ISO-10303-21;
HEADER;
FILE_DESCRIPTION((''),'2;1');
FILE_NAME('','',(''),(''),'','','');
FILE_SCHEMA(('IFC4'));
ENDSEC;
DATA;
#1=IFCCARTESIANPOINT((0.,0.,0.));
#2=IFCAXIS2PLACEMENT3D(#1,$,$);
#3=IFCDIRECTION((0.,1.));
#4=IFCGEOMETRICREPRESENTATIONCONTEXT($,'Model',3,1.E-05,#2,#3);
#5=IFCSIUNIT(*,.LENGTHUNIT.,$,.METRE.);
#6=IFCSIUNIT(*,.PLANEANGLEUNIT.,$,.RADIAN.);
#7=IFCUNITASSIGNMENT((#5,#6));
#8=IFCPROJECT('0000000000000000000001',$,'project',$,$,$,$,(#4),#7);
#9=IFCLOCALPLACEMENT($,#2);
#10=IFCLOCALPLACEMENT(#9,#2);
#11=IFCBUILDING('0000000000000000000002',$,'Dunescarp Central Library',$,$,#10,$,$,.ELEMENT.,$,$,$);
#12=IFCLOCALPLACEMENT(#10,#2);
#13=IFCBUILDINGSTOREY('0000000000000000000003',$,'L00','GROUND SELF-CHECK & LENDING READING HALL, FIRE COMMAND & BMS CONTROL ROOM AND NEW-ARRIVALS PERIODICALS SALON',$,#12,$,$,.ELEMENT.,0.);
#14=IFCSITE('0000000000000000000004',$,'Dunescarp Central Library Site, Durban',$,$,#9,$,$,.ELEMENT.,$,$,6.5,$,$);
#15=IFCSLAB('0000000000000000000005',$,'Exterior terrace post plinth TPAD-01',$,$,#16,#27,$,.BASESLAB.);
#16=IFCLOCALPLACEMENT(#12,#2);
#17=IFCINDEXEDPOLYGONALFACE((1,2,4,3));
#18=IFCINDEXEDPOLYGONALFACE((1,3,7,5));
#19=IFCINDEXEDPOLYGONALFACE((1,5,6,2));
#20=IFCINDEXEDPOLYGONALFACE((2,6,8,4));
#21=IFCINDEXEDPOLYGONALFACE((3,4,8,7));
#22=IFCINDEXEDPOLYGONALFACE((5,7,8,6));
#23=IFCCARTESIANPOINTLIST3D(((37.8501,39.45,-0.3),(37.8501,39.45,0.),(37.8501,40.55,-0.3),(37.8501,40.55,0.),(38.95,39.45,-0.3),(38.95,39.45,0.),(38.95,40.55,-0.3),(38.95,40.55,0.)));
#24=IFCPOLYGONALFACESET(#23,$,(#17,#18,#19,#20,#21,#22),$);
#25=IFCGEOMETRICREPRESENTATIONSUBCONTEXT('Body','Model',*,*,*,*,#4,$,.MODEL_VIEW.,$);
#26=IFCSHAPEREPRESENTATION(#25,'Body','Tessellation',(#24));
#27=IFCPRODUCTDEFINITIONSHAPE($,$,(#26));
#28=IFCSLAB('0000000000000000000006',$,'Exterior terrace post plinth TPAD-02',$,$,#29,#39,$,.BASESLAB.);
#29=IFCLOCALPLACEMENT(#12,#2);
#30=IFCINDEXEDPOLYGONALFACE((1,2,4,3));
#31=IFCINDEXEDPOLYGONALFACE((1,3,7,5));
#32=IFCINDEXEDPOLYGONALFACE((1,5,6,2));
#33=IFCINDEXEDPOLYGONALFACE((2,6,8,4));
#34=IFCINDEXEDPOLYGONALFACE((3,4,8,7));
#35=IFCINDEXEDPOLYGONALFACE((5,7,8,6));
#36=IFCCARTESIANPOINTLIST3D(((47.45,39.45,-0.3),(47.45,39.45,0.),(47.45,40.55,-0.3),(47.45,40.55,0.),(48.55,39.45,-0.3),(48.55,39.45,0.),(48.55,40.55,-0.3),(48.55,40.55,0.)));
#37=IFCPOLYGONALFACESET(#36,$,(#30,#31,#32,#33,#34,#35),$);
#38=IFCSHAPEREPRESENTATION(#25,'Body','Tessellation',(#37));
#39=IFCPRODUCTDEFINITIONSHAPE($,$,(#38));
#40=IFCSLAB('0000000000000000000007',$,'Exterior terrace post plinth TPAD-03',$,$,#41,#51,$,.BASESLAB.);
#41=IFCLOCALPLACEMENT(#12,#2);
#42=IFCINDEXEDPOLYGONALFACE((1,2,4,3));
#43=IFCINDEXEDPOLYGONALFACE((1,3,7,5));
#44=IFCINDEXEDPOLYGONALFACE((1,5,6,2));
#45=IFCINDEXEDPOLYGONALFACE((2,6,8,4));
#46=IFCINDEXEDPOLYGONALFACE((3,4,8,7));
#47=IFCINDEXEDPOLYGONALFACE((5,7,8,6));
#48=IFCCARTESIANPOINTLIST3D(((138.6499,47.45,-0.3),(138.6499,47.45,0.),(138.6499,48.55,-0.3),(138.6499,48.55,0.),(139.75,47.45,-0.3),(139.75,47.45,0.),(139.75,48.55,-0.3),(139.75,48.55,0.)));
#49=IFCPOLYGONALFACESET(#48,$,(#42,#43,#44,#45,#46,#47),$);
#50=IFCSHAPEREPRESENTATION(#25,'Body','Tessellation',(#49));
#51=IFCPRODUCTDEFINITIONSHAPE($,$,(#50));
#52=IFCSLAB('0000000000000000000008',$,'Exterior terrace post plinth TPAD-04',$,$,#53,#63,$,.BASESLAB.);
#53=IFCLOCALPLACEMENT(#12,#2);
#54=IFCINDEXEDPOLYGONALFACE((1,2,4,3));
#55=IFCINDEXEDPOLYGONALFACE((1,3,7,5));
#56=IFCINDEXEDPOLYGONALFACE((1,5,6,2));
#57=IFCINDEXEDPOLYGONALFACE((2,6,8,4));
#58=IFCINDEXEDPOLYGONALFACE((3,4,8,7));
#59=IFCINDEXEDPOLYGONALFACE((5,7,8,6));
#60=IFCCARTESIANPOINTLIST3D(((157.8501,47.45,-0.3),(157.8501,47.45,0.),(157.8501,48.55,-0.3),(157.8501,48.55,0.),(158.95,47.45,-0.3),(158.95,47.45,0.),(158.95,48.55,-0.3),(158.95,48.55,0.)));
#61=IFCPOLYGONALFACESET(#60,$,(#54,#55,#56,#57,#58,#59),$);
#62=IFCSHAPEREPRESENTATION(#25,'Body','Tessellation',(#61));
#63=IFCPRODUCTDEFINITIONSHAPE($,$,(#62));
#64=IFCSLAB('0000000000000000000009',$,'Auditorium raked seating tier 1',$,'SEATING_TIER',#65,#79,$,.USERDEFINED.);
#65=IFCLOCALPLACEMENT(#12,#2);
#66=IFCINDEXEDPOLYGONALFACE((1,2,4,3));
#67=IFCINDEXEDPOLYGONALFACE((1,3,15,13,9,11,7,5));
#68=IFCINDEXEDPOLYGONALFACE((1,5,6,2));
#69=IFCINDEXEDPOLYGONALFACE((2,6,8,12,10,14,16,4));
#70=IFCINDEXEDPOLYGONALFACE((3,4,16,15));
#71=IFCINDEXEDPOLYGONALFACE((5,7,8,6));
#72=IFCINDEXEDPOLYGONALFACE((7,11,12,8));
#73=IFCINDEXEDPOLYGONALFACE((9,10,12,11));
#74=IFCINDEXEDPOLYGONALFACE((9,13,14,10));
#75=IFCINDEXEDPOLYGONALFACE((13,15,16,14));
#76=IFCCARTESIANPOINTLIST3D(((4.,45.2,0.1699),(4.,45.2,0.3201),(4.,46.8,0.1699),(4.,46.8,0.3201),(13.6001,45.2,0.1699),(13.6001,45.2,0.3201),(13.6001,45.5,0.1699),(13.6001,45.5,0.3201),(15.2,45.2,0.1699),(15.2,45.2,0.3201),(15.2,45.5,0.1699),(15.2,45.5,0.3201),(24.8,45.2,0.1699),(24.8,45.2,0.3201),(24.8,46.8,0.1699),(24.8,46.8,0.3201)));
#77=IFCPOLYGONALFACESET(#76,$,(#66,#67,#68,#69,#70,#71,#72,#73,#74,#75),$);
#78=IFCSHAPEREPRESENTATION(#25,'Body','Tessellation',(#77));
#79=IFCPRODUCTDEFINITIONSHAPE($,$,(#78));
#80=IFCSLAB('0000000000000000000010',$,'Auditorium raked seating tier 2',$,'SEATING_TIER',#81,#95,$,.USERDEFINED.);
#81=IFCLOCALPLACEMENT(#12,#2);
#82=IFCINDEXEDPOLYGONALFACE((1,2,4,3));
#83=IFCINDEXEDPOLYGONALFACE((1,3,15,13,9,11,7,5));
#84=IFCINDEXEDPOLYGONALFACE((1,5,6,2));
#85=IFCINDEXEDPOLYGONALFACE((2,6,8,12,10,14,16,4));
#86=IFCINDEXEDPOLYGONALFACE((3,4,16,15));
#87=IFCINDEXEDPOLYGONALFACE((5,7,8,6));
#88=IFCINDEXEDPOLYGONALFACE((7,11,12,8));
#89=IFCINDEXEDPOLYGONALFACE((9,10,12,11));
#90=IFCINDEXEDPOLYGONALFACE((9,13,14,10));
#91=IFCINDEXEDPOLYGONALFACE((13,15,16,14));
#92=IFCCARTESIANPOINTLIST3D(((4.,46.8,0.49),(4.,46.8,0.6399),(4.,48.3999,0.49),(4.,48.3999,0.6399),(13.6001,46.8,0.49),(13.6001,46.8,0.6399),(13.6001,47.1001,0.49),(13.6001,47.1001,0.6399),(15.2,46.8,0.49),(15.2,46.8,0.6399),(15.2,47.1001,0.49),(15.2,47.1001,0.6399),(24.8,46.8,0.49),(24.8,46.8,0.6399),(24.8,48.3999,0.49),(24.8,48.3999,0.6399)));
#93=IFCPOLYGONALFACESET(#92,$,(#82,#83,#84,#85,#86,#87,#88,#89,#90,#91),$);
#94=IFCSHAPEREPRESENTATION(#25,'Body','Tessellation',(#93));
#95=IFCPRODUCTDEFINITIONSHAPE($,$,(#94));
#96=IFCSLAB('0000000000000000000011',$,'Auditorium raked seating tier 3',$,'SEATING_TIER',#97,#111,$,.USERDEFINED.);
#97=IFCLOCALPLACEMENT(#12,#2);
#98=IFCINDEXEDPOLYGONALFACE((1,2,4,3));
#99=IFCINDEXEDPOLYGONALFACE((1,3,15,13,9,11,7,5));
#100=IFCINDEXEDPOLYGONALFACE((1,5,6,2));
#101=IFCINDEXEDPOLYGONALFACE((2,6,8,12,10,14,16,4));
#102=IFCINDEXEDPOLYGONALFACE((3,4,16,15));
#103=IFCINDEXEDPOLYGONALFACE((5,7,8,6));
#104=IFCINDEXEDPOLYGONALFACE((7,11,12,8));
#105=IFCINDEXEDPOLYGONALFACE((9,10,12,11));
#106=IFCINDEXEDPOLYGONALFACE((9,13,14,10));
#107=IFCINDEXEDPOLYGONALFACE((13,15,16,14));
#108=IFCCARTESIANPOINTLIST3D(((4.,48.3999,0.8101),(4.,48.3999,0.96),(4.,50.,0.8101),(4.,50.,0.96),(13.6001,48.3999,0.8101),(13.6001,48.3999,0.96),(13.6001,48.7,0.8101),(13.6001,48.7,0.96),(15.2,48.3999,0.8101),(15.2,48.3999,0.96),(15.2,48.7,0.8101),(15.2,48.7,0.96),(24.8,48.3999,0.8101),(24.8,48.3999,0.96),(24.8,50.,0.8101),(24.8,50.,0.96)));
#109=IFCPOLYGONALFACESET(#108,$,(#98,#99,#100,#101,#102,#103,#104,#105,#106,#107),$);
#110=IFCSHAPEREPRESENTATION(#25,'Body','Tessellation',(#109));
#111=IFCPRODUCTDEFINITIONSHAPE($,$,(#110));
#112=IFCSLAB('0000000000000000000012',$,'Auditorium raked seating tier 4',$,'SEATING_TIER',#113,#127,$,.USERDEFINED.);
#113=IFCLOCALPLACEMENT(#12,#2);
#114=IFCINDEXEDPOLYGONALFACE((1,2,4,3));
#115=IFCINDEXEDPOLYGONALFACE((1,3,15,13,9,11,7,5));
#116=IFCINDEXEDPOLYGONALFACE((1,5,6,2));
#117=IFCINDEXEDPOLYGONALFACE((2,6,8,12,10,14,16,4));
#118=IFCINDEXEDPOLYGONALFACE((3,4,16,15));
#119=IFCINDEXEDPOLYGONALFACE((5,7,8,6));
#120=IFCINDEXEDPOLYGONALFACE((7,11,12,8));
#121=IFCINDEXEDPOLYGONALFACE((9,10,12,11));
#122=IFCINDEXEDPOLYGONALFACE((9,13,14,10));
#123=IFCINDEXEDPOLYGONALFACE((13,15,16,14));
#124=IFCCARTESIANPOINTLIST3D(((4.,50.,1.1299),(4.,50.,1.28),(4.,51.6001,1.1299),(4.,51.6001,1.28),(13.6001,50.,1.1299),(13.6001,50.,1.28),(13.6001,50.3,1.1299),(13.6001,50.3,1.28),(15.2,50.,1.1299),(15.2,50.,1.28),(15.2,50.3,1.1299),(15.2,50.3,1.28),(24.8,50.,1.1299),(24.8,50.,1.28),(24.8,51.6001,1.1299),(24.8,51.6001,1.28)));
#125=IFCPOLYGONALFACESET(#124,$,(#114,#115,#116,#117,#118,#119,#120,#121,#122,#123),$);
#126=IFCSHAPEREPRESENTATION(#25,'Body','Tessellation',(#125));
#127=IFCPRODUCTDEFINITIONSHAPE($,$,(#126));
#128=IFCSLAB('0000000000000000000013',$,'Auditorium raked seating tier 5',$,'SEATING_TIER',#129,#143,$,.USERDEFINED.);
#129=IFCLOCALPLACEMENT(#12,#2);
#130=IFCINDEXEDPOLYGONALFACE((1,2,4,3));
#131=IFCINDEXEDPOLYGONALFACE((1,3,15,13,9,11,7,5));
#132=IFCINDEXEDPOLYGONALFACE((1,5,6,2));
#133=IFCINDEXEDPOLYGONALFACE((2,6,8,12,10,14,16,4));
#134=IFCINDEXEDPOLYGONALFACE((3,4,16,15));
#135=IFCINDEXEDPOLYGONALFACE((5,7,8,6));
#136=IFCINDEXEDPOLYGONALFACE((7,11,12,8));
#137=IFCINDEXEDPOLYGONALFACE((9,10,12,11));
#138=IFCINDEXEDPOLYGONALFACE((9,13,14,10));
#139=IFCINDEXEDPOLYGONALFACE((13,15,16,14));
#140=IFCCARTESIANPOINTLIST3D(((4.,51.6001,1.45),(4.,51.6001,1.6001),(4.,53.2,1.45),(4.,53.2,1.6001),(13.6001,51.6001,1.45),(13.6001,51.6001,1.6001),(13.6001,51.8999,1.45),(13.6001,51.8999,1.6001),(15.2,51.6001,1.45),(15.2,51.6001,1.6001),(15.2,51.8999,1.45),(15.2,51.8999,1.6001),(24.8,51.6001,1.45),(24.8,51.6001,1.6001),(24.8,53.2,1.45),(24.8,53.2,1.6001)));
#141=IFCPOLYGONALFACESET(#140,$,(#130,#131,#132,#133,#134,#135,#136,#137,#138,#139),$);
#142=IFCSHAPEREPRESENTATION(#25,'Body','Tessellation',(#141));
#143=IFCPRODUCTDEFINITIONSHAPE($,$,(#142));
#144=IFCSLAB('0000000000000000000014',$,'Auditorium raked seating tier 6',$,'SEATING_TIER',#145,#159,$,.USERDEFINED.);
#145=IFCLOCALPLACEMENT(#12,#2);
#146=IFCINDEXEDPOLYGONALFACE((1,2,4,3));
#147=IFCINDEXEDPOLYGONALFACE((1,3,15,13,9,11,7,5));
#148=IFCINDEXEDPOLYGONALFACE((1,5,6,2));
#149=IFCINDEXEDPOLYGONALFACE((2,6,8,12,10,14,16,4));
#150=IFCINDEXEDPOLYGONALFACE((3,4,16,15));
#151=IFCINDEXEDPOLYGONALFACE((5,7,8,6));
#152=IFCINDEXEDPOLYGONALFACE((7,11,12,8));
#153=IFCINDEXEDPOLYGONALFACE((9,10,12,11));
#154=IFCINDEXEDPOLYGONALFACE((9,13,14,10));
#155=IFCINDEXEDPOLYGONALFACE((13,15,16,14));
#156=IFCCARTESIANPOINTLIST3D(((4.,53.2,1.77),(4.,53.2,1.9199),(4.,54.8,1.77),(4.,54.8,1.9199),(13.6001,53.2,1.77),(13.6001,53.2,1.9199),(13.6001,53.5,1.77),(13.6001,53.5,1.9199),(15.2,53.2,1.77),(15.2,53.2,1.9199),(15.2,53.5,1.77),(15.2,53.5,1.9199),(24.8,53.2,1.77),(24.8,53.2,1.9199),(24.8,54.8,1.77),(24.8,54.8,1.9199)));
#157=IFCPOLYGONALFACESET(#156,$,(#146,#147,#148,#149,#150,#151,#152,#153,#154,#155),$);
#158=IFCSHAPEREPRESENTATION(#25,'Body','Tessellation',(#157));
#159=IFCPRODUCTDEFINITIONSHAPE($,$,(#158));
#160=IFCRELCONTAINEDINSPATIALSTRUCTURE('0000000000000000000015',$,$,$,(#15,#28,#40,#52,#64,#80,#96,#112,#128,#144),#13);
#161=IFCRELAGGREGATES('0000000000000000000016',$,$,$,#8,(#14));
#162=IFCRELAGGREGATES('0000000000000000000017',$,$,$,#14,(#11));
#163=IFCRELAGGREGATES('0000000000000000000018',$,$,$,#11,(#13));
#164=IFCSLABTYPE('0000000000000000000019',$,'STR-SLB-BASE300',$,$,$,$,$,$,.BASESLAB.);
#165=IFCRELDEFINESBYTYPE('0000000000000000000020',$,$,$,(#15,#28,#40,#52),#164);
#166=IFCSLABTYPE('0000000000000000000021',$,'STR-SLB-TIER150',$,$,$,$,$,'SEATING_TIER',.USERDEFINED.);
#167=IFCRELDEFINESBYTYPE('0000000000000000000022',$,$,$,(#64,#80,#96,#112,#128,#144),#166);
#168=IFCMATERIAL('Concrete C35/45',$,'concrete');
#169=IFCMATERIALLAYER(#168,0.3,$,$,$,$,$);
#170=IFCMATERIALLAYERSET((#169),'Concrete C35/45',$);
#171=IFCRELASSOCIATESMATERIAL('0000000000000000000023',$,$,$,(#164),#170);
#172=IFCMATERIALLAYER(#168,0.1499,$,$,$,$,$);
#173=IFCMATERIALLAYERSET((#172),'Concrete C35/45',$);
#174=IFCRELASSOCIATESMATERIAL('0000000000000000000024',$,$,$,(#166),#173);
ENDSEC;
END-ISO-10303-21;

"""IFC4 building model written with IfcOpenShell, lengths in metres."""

from ifc_helpers import new_model, si_unit, direction, frame, origin, place, context, subcontext, project, spatial, polyline, outline, extrude, material, layer, layer_set, type_object, element, save


model = new_model("IFC4")

# Units and contexts
model_context = context("Model", 3, precision=1e-05, world=origin(), true_north=direction((0.0, 1.0)))
body_context = subcontext(model_context, "Body", "Model", "MODEL_VIEW")
ifc_project = project(units=[si_unit("LENGTHUNIT", "METRE"), si_unit("PLANEANGLEUNIT", "RADIAN")], contexts=[model_context])

# Site, building, storey
site_placement = place(None, origin())
site = spatial("IfcSite", under=ifc_project, at=site_placement, Name="Dunescarp Central Library Site, Durban", CompositionType="ELEMENT", RefElevation=6.5)
building_placement = place(site_placement, origin())
building = spatial("IfcBuilding", under=site, at=building_placement, Name="Dunescarp Central Library", CompositionType="ELEMENT")
storey_placement = place(building_placement, origin())
storey = spatial("IfcBuildingStorey", under=building, at=storey_placement, Name="L00", Description="GROUND SELF-CHECK & LENDING READING HALL, FIRE COMMAND & BMS CONTROL ROOM AND NEW-ARRIVALS PERIODICALS SALON", CompositionType="ELEMENT", Elevation=0.0)

# Slabs
ifc_material_1 = material(Name="Concrete C35/45", Category="concrete")
ifc_layer_1 = layer(ifc_material_1, 0.3)
ifc_layer_set_1 = layer_set([ifc_layer_1], Name="Concrete C35/45")
slab_type_1 = type_object("IfcSlabType", Name="STR-SLB-BASE300", PredefinedType="BASESLAB", material=ifc_layer_set_1)
slab_1_placement = place(storey_placement, frame((0.0, 0.0, -0.3)))
element("IfcSlab", 1, at=slab_1_placement, inside=storey, type_object=slab_type_1, Name="Exterior terrace post plinth TPAD-01", PredefinedType="BASESLAB", context=body_context, shape_type="SweptSolid", body=[
    extrude(outline(polyline([(37.8501, 39.45), (38.95, 39.45), (38.95, 40.55), (37.8501, 40.55), (37.8501, 39.45)])), origin(), (0.0, 0.0, 1.0), 0.3),
])
slab_2_placement = place(storey_placement, frame((0.0, 0.0, -0.3)))
element("IfcSlab", 2, at=slab_2_placement, inside=storey, type_object=slab_type_1, Name="Exterior terrace post plinth TPAD-02", PredefinedType="BASESLAB", context=body_context, shape_type="SweptSolid", body=[
    extrude(outline(polyline([(47.45, 39.45), (48.55, 39.45), (48.55, 40.55), (47.45, 40.55), (47.45, 39.45)])), origin(), (0.0, 0.0, 1.0), 0.3),
])
slab_3_placement = place(storey_placement, frame((0.0, 0.0, -0.3)))
element("IfcSlab", 3, at=slab_3_placement, inside=storey, type_object=slab_type_1, Name="Exterior terrace post plinth TPAD-03", PredefinedType="BASESLAB", context=body_context, shape_type="SweptSolid", body=[
    extrude(outline(polyline([(138.6499, 47.45), (139.75, 47.45), (139.75, 48.55), (138.6499, 48.55), (138.6499, 47.45)])), origin(), (0.0, 0.0, 1.0), 0.3),
])
slab_4_placement = place(storey_placement, frame((0.0, 0.0, -0.3)))
element("IfcSlab", 4, at=slab_4_placement, inside=storey, type_object=slab_type_1, Name="Exterior terrace post plinth TPAD-04", PredefinedType="BASESLAB", context=body_context, shape_type="SweptSolid", body=[
    extrude(outline(polyline([(157.8501, 47.45), (158.95, 47.45), (158.95, 48.55), (157.8501, 48.55), (157.8501, 47.45)])), origin(), (0.0, 0.0, 1.0), 0.3),
])
ifc_layer_2 = layer(ifc_material_1, 0.1499)
ifc_layer_set_2 = layer_set([ifc_layer_2], Name="Concrete C35/45")
slab_type_2 = type_object("IfcSlabType", Name="STR-SLB-TIER150", ElementType="SEATING_TIER", PredefinedType="USERDEFINED", material=ifc_layer_set_2)
slab_5_placement = place(storey_placement, frame((0.0, 0.0, 0.1699)))
element("IfcSlab", 5, at=slab_5_placement, inside=storey, type_object=slab_type_2, Name="Auditorium raked seating tier 1", ObjectType="SEATING_TIER", PredefinedType="USERDEFINED", context=body_context, shape_type="SweptSolid", body=[
    extrude(outline(polyline([(4.0, 45.2), (13.6001, 45.2), (13.6001, 45.5), (15.2, 45.5), (15.2, 45.2), (24.8, 45.2), (24.8, 46.8), (4.0, 46.8), (4.0, 45.2)])), origin(), (0.0, 0.0, 1.0), 0.1501),
])
slab_6_placement = place(storey_placement, frame((0.0, 0.0, 0.49)))
element("IfcSlab", 6, at=slab_6_placement, inside=storey, type_object=slab_type_2, Name="Auditorium raked seating tier 2", ObjectType="SEATING_TIER", PredefinedType="USERDEFINED", context=body_context, shape_type="SweptSolid", body=[
    extrude(outline(polyline([(4.0, 46.8), (13.6001, 46.8), (13.6001, 47.1001), (15.2, 47.1001), (15.2, 46.8), (24.8, 46.8), (24.8, 48.3999), (4.0, 48.3999), (4.0, 46.8)])), origin(), (0.0, 0.0, 1.0), 0.1499),
])
slab_7_placement = place(storey_placement, frame((0.0, 0.0, 0.8101)))
element("IfcSlab", 7, at=slab_7_placement, inside=storey, type_object=slab_type_2, Name="Auditorium raked seating tier 3", ObjectType="SEATING_TIER", PredefinedType="USERDEFINED", context=body_context, shape_type="SweptSolid", body=[
    extrude(outline(polyline([(4.0, 48.3999), (13.6001, 48.3999), (13.6001, 48.7), (15.2, 48.7), (15.2, 48.3999), (24.8, 48.3999), (24.8, 50.0), (4.0, 50.0), (4.0, 48.3999)])), origin(), (0.0, 0.0, 1.0), 0.1499),
])
slab_8_placement = place(storey_placement, frame((0.0, 0.0, 1.1299)))
element("IfcSlab", 8, at=slab_8_placement, inside=storey, type_object=slab_type_2, Name="Auditorium raked seating tier 4", ObjectType="SEATING_TIER", PredefinedType="USERDEFINED", context=body_context, shape_type="SweptSolid", body=[
    extrude(outline(polyline([(4.0, 50.0), (13.6001, 50.0), (13.6001, 50.3), (15.2, 50.3), (15.2, 50.0), (24.8, 50.0), (24.8, 51.6001), (4.0, 51.6001), (4.0, 50.0)])), origin(), (0.0, 0.0, 1.0), 0.1501),
])
slab_9_placement = place(storey_placement, frame((0.0, 0.0, 1.45)))
element("IfcSlab", 9, at=slab_9_placement, inside=storey, type_object=slab_type_2, Name="Auditorium raked seating tier 5", ObjectType="SEATING_TIER", PredefinedType="USERDEFINED", context=body_context, shape_type="SweptSolid", body=[
    extrude(outline(polyline([(4.0, 51.6001), (13.6001, 51.6001), (13.6001, 51.8999), (15.2, 51.8999), (15.2, 51.6001), (24.8, 51.6001), (24.8, 53.2), (4.0, 53.2), (4.0, 51.6001)])), origin(), (0.0, 0.0, 1.0), 0.1501),
])
slab_10_placement = place(storey_placement, frame((0.0, 0.0, 1.77)))
element("IfcSlab", 10, at=slab_10_placement, inside=storey, type_object=slab_type_2, Name="Auditorium raked seating tier 6", ObjectType="SEATING_TIER", PredefinedType="USERDEFINED", context=body_context, shape_type="SweptSolid", body=[
    extrude(outline(polyline([(4.0, 53.2), (13.6001, 53.2), (13.6001, 53.5), (15.2, 53.5), (15.2, 53.2), (24.8, 53.2), (24.8, 54.8), (4.0, 54.8), (4.0, 53.2)])), origin(), (0.0, 0.0, 1.0), 0.1499),
])

save(model, "model.ifc")
